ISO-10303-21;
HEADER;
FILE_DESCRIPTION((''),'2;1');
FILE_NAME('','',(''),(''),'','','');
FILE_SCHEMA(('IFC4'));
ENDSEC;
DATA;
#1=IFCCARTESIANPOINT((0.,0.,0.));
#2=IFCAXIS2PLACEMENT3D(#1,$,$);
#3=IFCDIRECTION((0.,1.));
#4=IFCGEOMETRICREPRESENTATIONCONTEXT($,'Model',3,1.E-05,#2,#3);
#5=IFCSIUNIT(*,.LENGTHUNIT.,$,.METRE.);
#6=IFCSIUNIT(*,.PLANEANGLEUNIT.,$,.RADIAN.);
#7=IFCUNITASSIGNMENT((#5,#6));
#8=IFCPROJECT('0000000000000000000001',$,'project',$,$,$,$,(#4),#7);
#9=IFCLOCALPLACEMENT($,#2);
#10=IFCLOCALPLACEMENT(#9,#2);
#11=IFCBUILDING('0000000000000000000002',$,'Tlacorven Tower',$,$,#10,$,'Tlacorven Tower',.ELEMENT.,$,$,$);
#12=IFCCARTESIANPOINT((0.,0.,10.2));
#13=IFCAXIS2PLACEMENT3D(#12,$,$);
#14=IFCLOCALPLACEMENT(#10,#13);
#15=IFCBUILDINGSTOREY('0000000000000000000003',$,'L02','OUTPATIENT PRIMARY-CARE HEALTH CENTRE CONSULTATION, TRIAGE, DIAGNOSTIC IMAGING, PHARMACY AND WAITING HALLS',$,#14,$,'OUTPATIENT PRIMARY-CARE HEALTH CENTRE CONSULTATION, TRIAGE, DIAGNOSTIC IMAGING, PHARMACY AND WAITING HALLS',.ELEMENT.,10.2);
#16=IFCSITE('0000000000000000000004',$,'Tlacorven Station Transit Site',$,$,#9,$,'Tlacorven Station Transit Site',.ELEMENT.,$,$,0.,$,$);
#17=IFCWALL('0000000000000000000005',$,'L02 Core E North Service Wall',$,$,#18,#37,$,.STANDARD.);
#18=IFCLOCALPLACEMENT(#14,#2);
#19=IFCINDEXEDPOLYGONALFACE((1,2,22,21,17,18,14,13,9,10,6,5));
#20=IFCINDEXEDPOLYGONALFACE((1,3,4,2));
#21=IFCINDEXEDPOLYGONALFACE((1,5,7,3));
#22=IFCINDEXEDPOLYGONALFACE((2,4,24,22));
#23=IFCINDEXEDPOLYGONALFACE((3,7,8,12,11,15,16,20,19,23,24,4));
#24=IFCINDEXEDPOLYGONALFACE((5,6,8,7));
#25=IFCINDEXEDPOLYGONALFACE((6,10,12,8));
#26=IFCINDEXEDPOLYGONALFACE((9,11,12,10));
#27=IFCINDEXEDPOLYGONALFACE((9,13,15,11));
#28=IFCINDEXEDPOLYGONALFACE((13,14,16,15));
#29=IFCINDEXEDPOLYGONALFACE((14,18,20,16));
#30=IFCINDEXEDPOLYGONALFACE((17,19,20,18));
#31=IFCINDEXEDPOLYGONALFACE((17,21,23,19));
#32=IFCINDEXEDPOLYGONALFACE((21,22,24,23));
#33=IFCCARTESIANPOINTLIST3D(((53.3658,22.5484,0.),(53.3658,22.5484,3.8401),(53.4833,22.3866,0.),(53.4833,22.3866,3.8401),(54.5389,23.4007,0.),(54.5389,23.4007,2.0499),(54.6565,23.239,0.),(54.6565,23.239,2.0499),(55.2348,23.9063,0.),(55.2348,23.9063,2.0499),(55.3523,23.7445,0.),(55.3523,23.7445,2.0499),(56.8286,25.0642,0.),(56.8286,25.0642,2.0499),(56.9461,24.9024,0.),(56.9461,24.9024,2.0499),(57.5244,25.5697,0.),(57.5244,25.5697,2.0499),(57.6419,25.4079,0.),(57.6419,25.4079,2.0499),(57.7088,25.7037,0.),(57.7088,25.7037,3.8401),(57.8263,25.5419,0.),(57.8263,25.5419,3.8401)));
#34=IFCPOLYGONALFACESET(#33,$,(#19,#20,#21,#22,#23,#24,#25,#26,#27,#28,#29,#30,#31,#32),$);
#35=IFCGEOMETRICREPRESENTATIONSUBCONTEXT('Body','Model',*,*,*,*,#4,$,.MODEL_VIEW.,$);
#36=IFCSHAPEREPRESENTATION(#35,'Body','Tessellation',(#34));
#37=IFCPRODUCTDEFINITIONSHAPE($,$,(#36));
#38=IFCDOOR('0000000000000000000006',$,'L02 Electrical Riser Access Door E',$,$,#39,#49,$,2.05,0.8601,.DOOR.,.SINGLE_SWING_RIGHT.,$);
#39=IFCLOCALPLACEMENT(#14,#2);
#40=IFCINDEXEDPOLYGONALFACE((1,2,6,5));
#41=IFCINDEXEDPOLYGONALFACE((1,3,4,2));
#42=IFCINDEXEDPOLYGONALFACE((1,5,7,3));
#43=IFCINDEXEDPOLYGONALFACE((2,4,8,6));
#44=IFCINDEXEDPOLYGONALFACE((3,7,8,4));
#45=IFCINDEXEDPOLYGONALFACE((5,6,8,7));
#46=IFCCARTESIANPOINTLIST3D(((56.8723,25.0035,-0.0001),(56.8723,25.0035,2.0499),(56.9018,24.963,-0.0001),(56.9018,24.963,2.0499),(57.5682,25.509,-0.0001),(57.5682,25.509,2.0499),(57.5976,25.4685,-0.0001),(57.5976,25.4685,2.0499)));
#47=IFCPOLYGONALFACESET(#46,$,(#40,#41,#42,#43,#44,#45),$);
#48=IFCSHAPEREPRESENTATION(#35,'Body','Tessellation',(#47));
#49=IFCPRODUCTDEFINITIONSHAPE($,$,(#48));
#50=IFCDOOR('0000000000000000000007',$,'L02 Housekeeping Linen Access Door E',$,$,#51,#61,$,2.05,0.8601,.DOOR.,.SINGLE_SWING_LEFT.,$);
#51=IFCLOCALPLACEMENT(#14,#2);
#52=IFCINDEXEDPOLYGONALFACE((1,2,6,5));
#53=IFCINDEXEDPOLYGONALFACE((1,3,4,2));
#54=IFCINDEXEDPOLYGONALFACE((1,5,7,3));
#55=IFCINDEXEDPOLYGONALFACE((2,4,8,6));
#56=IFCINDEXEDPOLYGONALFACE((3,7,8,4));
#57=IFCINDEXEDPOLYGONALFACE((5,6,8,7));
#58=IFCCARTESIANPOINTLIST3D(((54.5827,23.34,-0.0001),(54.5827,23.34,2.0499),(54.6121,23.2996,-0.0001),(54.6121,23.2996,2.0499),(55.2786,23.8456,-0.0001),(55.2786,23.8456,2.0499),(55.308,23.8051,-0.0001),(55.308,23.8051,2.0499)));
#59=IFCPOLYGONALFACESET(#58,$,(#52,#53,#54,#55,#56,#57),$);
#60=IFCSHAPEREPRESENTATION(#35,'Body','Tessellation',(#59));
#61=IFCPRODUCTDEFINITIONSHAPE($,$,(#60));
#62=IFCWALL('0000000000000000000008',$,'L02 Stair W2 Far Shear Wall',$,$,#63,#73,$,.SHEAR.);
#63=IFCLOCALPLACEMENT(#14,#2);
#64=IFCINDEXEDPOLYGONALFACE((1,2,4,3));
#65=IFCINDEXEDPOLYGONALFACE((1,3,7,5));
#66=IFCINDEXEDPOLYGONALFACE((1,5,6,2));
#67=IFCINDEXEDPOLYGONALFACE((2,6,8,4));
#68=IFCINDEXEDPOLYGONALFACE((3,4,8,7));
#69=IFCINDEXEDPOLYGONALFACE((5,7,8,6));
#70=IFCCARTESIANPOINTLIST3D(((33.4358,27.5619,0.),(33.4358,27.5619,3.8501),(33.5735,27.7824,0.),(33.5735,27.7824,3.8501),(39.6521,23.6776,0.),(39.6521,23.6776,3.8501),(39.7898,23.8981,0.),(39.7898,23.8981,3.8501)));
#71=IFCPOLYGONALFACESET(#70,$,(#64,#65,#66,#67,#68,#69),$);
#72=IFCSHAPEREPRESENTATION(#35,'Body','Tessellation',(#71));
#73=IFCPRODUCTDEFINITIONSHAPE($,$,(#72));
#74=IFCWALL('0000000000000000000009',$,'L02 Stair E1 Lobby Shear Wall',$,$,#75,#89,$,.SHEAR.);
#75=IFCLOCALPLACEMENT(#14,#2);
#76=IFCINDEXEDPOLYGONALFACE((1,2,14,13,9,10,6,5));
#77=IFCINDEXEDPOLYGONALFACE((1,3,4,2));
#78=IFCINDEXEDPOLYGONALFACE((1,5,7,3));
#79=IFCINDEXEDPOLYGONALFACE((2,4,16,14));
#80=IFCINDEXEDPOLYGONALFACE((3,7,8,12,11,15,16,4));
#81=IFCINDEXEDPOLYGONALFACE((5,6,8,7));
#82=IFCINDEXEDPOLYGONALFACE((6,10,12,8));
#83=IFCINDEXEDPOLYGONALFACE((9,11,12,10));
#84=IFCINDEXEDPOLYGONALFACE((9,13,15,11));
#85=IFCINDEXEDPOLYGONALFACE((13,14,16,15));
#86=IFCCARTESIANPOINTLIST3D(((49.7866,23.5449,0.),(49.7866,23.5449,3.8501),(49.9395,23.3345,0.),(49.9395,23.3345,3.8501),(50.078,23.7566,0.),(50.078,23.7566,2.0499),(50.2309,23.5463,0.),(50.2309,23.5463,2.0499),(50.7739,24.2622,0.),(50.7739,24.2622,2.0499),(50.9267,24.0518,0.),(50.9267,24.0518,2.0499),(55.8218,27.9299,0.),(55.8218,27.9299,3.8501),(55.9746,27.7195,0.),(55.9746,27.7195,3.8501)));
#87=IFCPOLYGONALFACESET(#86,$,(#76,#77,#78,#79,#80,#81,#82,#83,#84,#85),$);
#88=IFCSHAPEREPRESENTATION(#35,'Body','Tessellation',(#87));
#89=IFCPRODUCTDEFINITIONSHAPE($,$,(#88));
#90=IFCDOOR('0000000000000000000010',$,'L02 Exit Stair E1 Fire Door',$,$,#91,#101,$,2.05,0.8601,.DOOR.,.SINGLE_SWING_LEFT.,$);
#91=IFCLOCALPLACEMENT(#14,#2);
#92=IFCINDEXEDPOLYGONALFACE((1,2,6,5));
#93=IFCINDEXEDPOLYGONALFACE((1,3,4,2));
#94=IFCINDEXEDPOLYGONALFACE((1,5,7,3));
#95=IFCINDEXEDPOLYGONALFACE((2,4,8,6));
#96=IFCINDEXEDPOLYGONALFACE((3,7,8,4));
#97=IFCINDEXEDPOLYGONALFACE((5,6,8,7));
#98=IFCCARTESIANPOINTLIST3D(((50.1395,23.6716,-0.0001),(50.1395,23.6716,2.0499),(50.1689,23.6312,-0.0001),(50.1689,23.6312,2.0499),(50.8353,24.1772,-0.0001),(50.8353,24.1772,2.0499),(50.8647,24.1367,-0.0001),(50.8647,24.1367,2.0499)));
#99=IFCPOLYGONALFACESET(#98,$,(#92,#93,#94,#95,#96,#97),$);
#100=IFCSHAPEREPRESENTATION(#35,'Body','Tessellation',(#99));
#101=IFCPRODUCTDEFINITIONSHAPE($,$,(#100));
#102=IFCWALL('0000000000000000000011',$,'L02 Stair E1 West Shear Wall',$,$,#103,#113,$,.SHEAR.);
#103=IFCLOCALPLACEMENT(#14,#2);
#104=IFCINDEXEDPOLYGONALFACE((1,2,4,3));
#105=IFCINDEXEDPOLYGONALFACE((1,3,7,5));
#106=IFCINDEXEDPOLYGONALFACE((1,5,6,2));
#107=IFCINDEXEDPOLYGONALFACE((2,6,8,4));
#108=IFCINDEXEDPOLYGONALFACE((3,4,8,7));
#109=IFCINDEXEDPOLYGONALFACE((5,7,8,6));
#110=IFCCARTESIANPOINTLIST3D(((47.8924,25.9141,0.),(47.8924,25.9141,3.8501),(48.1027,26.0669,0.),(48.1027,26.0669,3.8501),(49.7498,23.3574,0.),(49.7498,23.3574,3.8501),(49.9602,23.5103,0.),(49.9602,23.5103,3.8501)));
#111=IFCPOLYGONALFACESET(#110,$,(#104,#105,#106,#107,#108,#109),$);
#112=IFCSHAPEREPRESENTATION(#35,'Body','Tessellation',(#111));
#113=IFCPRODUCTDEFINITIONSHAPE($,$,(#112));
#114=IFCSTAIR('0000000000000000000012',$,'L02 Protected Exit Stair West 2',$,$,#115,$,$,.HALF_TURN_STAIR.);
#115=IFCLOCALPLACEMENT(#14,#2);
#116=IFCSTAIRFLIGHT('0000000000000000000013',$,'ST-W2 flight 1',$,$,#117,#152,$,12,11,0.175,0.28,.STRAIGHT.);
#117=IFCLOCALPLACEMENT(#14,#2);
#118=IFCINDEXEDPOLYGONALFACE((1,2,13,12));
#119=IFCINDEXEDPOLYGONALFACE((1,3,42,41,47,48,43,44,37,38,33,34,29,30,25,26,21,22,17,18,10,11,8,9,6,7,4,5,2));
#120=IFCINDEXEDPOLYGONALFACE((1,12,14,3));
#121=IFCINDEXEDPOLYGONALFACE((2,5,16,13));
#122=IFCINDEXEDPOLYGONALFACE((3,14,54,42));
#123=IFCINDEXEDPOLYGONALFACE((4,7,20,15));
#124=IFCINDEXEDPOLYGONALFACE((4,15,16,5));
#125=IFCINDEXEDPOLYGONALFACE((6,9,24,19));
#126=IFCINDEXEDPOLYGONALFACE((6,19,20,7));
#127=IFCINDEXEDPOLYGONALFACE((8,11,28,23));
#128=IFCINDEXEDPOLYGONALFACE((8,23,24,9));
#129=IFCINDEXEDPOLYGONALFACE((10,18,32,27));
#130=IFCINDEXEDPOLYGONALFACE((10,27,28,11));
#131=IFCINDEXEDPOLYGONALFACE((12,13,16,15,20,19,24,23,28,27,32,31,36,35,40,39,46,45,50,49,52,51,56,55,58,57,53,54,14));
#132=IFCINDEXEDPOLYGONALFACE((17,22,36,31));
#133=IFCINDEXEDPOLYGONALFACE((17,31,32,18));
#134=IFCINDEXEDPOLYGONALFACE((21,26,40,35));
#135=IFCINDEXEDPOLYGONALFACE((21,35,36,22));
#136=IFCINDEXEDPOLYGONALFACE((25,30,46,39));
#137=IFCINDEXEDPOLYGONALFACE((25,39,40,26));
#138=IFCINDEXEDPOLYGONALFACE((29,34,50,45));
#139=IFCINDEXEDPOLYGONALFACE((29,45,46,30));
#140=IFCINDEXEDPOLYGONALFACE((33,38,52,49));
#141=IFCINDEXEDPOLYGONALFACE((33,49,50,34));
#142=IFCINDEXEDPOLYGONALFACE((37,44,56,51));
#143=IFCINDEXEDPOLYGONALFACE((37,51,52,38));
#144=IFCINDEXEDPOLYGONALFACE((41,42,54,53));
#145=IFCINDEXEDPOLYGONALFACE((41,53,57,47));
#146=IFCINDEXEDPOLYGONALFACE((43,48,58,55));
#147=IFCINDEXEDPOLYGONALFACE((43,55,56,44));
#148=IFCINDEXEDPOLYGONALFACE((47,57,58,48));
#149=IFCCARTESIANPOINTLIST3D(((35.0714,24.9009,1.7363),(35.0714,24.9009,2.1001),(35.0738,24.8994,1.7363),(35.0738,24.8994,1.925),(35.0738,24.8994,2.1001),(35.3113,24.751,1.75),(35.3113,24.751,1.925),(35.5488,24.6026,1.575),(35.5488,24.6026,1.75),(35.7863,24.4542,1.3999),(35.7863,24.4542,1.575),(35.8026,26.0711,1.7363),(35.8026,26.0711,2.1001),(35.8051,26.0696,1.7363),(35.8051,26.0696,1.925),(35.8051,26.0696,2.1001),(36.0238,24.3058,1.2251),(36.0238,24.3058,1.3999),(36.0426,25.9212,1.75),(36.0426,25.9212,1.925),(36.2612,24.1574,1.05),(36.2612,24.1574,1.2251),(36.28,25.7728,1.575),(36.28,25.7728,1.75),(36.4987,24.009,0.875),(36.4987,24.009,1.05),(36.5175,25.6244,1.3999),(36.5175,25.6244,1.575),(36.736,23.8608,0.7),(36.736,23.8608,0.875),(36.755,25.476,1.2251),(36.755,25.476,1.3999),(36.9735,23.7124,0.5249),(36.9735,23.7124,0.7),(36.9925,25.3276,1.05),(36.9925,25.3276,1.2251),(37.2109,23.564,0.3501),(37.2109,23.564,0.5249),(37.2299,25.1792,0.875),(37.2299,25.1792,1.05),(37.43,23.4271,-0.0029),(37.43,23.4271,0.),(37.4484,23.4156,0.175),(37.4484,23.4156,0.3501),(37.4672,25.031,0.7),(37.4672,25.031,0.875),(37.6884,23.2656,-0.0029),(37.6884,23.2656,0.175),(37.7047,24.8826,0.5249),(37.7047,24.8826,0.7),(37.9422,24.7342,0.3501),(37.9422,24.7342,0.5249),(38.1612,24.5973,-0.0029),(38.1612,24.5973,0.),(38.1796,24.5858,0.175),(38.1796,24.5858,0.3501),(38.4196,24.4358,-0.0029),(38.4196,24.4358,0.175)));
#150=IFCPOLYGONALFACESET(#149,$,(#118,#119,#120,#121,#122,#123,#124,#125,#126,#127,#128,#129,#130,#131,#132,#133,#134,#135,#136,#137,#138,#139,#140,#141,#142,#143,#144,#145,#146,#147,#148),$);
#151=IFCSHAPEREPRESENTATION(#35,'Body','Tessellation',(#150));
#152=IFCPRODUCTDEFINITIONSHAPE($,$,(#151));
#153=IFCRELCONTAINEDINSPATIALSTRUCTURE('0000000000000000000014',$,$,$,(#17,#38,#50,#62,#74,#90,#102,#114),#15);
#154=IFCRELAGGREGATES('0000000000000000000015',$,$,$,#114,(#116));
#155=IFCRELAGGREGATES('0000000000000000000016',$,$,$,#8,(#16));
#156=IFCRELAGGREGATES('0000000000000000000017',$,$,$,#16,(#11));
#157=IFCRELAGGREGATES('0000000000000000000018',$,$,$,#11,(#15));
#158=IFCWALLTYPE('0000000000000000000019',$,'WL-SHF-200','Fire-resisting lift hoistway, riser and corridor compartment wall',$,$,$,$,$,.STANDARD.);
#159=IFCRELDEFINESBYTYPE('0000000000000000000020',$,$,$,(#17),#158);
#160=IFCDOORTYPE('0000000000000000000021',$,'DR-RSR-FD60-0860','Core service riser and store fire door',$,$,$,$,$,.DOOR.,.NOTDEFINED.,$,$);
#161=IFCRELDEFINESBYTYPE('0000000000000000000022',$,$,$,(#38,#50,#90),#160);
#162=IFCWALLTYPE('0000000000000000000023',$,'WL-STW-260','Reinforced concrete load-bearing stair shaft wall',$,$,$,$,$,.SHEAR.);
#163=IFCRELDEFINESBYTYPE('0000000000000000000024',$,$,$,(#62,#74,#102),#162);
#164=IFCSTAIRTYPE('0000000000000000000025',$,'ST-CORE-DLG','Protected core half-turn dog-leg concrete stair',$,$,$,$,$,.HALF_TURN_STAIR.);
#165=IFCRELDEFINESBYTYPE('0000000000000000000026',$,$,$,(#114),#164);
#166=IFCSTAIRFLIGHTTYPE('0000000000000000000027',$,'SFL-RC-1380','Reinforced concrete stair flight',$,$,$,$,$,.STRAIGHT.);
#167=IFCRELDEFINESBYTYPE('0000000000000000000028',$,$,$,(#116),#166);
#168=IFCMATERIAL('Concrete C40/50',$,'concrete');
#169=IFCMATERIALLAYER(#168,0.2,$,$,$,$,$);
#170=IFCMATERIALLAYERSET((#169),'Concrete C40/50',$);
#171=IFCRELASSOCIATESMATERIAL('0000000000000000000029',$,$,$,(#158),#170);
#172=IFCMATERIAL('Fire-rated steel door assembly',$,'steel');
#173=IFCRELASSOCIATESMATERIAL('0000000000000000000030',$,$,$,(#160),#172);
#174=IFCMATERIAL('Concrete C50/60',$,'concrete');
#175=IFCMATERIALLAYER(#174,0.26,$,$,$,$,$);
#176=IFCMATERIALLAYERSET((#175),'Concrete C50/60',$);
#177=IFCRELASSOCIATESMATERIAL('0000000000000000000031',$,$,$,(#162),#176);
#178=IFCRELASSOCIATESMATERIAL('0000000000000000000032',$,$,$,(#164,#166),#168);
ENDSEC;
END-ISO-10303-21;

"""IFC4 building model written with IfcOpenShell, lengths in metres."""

from ifc_helpers import new_model, si_unit, direction, frame, frame_2d, origin, place, context, subcontext, project, spatial, polyline, rectangle, outline, extrude, source, transform, mapped, material, layer, layer_set, type_object, element, fill, aggregate, save


model = new_model("IFC4")

# Units and contexts
model_context = context("Model", 3, precision=1e-05, world=origin(), true_north=direction((0.0, 1.0)))
body_context = subcontext(model_context, "Body", "Model", "MODEL_VIEW")
ifc_project = project(units=[si_unit("LENGTHUNIT", "METRE"), si_unit("PLANEANGLEUNIT", "RADIAN")], contexts=[model_context])

# Site, building, storey
site_placement = place(None, origin())
site = spatial("IfcSite", under=ifc_project, at=site_placement, Name="Tlacorven Station Transit Site", LongName="Tlacorven Station Transit Site", CompositionType="ELEMENT", RefElevation=0.0)
building_placement = place(site_placement, origin())
building = spatial("IfcBuilding", under=site, at=building_placement, Name="Tlacorven Tower", LongName="Tlacorven Tower", CompositionType="ELEMENT")
storey_placement = place(building_placement, frame((0.0, 0.0, 10.2)))
storey = spatial("IfcBuildingStorey", under=building, at=storey_placement, Name="L02", Description="OUTPATIENT PRIMARY-CARE HEALTH CENTRE CONSULTATION, TRIAGE, DIAGNOSTIC IMAGING, PHARMACY AND WAITING HALLS", LongName="OUTPATIENT PRIMARY-CARE HEALTH CENTRE CONSULTATION, TRIAGE, DIAGNOSTIC IMAGING, PHARMACY AND WAITING HALLS", CompositionType="ELEMENT", Elevation=10.2)

# Shared definitions
ifc_material_1 = material(Name="Concrete C40/50", Category="concrete")
ifc_layer_1 = layer(ifc_material_1, 0.2)
ifc_layer_set_1 = layer_set([ifc_layer_1], Name="Concrete C40/50")
wall_type_1 = type_object("IfcWallType", Name="WL-SHF-200", Description="Fire-resisting lift hoistway, riser and corridor compartment wall", PredefinedType="STANDARD", material=ifc_layer_set_1)
ifc_material_2 = material(Name="Fire-rated steel door assembly", Category="steel")

# Wall, openings, doors
wall_1_placement = place(storey_placement, frame((53.4246, 22.4675, 0.0), z_axis=(0.0, 0.0, 1.0), x_axis=(0.809027, 0.587771, 0.0)))
wall_1 = element("IfcWall", 1, at=wall_1_placement, inside=storey, type_object=wall_type_1, Name="L02 Core E North Service Wall", PredefinedType="STANDARD", context=body_context, shape_type="SweptSolid", body=[
    extrude(rectangle(XDim=5.3682, YDim=0.2, at=frame_2d((2.6841, 0.0))), origin(), (0.0, 0.0, 1.0), 3.8401),
])
opening_1_placement = place(wall_1_placement, frame((4.28, 0.0, 0.0)))
opening_1 = element("IfcOpeningElement", 2, at=opening_1_placement, cuts=wall_1, PredefinedType="OPENING", context=body_context, shape_type="SweptSolid", body=[
    extrude(rectangle(XDim=0.8601, YDim=2.05, at=frame_2d((0.4302, 1.0249))), frame((0.0, 0.1099, 0.0), z_axis=(0.0, -1.0, 0.0), x_axis=(1.0, 0.0, 0.0)), (0.0, 0.0, 1.0), 0.22),
])
opening_2_placement = place(wall_1_placement, frame((1.45, 0.0, 0.0)))
opening_2 = element("IfcOpeningElement", 3, at=opening_2_placement, cuts=wall_1, PredefinedType="OPENING", context=body_context, shape_type="SweptSolid", body=[
    extrude(rectangle(XDim=0.8601, YDim=2.05, at=frame_2d((0.4302, 1.0249))), frame((0.0, 0.1099, 0.0), z_axis=(0.0, -1.0, 0.0), x_axis=(1.0, 0.0, 0.0)), (0.0, 0.0, 1.0), 0.22),
])
door_type_1 = type_object("IfcDoorType", Name="DR-RSR-FD60-0860", Description="Core service riser and store fire door", OperationType="NOTDEFINED", PredefinedType="DOOR", material=ifc_material_2)
shared_shape_1 = source(origin(), body_context, "Body", "SweptSolid", [
    extrude(rectangle(XDim=0.8601, YDim=2.05, at=frame_2d((0.4302, 1.0249))), frame((0.0, 0.0249, 0.0), z_axis=(0.0, -1.0, 0.0), x_axis=(1.0, 0.0, 0.0)), (0.0, 0.0, 1.0), 0.05),
])
door_1_placement = place(opening_1_placement, frame((0.8601, 0.0, 0.0), z_axis=(0.0, 0.0, 1.0), x_axis=(-1.0, 0.0, 0.0)))
door_1 = element("IfcDoor", 4, at=door_1_placement, inside=storey, type_object=door_type_1, Name="L02 Electrical Riser Access Door E", OperationType="SINGLE_SWING_RIGHT", OverallHeight=2.05, OverallWidth=0.8601, PredefinedType="DOOR", context=body_context, shape_type="MappedRepresentation", body=[
    mapped(shared_shape_1, transform((0.0, 0.0, 0.0), scale=1.0)),
])
fill(opening_1, door_1)
door_2_placement = place(opening_2_placement, frame((0.8601, 0.0, 0.0), z_axis=(0.0, 0.0, 1.0), x_axis=(-1.0, 0.0, 0.0)))
door_2 = element("IfcDoor", 5, at=door_2_placement, inside=storey, type_object=door_type_1, Name="L02 Housekeeping Linen Access Door E", OperationType="SINGLE_SWING_LEFT", OverallHeight=2.05, OverallWidth=0.8601, PredefinedType="DOOR", context=body_context, shape_type="MappedRepresentation", body=[
    mapped(shared_shape_1, transform((0.0, 0.0, 0.0), scale=1.0)),
])
fill(opening_2, door_2)

# Wall
ifc_material_3 = material(Name="Concrete C50/60", Category="concrete")
ifc_layer_2 = layer(ifc_material_3, 0.26)
ifc_layer_set_2 = layer_set([ifc_layer_2], Name="Concrete C50/60")
wall_type_2 = type_object("IfcWallType", Name="WL-STW-260", Description="Reinforced concrete load-bearing stair shaft wall", PredefinedType="SHEAR", material=ifc_layer_set_2)
wall_2_placement = place(storey_placement, frame((39.7209, 23.7878, 0.0), z_axis=(0.0, 0.0, 1.0), x_axis=(-0.848054, 0.529909, 0.0)))
element("IfcWall", 6, at=wall_2_placement, inside=storey, type_object=wall_type_2, Name="L02 Stair W2 Far Shear Wall", PredefinedType="SHEAR", context=body_context, shape_type="SweptSolid", body=[
    extrude(rectangle(XDim=7.3301, YDim=0.26, at=frame_2d((3.665, 0.0))), origin(), (0.0, 0.0, 1.0), 3.8501),
])

# Wall, opening, door
wall_3_placement = place(storey_placement, frame((49.863, 23.4397, 0.0), z_axis=(0.0, 0.0, 1.0), x_axis=(0.809003, 0.587804, 0.0)))
wall_3 = element("IfcWall", 7, at=wall_3_placement, inside=storey, type_object=wall_type_2, Name="L02 Stair E1 Lobby Shear Wall", PredefinedType="SHEAR", context=body_context, shape_type="SweptSolid", body=[
    extrude(rectangle(XDim=7.46, YDim=0.26, at=frame_2d((3.73, 0.0))), origin(), (0.0, 0.0, 1.0), 3.8501),
])
opening_3_placement = place(wall_3_placement, frame((0.3601, 0.0, 0.0)))
opening_3 = element("IfcOpeningElement", 8, at=opening_3_placement, cuts=wall_3, PredefinedType="OPENING", context=body_context, shape_type="SweptSolid", body=[
    extrude(rectangle(XDim=0.8601, YDim=2.05, at=frame_2d((0.4302, 1.0249))), frame((0.0, 0.1401, 0.0), z_axis=(0.0, -1.0, 0.0), x_axis=(1.0, 0.0, 0.0)), (0.0, 0.0, 1.0), 0.28),
])
door_3_placement = place(opening_3_placement, frame((0.8601, 0.0, 0.0), z_axis=(0.0, 0.0, 1.0), x_axis=(-1.0, 0.0, 0.0)))
door_3 = element("IfcDoor", 9, at=door_3_placement, inside=storey, type_object=door_type_1, Name="L02 Exit Stair E1 Fire Door", OperationType="SINGLE_SWING_LEFT", OverallHeight=2.05, OverallWidth=0.8601, PredefinedType="DOOR", context=body_context, shape_type="MappedRepresentation", body=[
    mapped(shared_shape_1, transform((0.0, 0.0, 0.0), scale=1.0)),
])
fill(opening_3, door_3)

# Wall
wall_4_placement = place(storey_placement, frame((49.855, 23.4338, 0.0), z_axis=(0.0, 0.0, 1.0), x_axis=(-0.587767, 0.80903, 0.0)))
element("IfcWall", 10, at=wall_4_placement, inside=storey, type_object=wall_type_2, Name="L02 Stair E1 West Shear Wall", PredefinedType="SHEAR", context=body_context, shape_type="SweptSolid", body=[
    extrude(rectangle(XDim=3.1602, YDim=0.26, at=frame_2d((1.5801, 0.0))), origin(), (0.0, 0.0, 1.0), 3.8501),
])

# Stair, stair flight
stair_type = type_object("IfcStairType", Name="ST-CORE-DLG", Description="Protected core half-turn dog-leg concrete stair", PredefinedType="HALF_TURN_STAIR", material=ifc_material_1)
stair_placement = place(storey_placement, origin())
stair = element("IfcStair", 11, at=stair_placement, inside=storey, type_object=stair_type, Name="L02 Protected Exit Stair West 2", PredefinedType="HALF_TURN_STAIR")
stair_flight_type = type_object("IfcStairFlightType", Name="SFL-RC-1380", Description="Reinforced concrete stair flight", PredefinedType="STRAIGHT", material=ifc_material_1)
shared_shape_2 = source(origin(), body_context, "Body", "SweptSolid", [
    extrude(outline(polyline([(-0.0029, -0.0029), (-0.0029, 0.175), (0.28, 0.175), (0.28, 0.3501), (0.5601, 0.3501), (0.5601, 0.5249), (0.8401, 0.5249), (0.8401, 0.7), (1.1201, 0.7), (1.1201, 0.875), (1.3999, 0.875), (1.3999, 1.05), (1.6799, 1.05), (1.6799, 1.2251), (1.96, 1.2251), (1.96, 1.3999), (2.24, 1.3999), (2.24, 1.575), (2.52, 1.575), (2.52, 1.75), (2.8, 1.75), (2.8, 1.925), (3.0801, 1.925), (3.0801, 2.1001), (3.083, 2.1001), (3.083, 1.7363), (3.0801, 1.7363), (0.3018, 0.0), (0.3018, -0.0029), (-0.0029, -0.0029)])), frame((0.0, 0.6899, 0.0), z_axis=(0.0, -1.0, 0.0), x_axis=(1.0, 0.0, 0.0)), (0.0, 0.0, 1.0), 1.3799),
])
stair_flight_placement = place(storey_placement, frame((38.0515, 23.8523, 0.0), z_axis=(0.0, 0.0, 1.0), x_axis=(-0.848048, 0.529919, 0.0)))
stair_flight = element("IfcStairFlight", 12, at=stair_flight_placement, type_object=stair_flight_type, Name="ST-W2 flight 1", NumberOfRisers=12, NumberOfTreads=11, PredefinedType="STRAIGHT", RiserHeight=0.175, TreadLength=0.28, context=body_context, shape_type="MappedRepresentation", body=[
    mapped(shared_shape_2, transform((0.0, 0.0, 0.0), scale=1.0)),
])
aggregate(stair, [stair_flight])

save(model, "model.ifc")
